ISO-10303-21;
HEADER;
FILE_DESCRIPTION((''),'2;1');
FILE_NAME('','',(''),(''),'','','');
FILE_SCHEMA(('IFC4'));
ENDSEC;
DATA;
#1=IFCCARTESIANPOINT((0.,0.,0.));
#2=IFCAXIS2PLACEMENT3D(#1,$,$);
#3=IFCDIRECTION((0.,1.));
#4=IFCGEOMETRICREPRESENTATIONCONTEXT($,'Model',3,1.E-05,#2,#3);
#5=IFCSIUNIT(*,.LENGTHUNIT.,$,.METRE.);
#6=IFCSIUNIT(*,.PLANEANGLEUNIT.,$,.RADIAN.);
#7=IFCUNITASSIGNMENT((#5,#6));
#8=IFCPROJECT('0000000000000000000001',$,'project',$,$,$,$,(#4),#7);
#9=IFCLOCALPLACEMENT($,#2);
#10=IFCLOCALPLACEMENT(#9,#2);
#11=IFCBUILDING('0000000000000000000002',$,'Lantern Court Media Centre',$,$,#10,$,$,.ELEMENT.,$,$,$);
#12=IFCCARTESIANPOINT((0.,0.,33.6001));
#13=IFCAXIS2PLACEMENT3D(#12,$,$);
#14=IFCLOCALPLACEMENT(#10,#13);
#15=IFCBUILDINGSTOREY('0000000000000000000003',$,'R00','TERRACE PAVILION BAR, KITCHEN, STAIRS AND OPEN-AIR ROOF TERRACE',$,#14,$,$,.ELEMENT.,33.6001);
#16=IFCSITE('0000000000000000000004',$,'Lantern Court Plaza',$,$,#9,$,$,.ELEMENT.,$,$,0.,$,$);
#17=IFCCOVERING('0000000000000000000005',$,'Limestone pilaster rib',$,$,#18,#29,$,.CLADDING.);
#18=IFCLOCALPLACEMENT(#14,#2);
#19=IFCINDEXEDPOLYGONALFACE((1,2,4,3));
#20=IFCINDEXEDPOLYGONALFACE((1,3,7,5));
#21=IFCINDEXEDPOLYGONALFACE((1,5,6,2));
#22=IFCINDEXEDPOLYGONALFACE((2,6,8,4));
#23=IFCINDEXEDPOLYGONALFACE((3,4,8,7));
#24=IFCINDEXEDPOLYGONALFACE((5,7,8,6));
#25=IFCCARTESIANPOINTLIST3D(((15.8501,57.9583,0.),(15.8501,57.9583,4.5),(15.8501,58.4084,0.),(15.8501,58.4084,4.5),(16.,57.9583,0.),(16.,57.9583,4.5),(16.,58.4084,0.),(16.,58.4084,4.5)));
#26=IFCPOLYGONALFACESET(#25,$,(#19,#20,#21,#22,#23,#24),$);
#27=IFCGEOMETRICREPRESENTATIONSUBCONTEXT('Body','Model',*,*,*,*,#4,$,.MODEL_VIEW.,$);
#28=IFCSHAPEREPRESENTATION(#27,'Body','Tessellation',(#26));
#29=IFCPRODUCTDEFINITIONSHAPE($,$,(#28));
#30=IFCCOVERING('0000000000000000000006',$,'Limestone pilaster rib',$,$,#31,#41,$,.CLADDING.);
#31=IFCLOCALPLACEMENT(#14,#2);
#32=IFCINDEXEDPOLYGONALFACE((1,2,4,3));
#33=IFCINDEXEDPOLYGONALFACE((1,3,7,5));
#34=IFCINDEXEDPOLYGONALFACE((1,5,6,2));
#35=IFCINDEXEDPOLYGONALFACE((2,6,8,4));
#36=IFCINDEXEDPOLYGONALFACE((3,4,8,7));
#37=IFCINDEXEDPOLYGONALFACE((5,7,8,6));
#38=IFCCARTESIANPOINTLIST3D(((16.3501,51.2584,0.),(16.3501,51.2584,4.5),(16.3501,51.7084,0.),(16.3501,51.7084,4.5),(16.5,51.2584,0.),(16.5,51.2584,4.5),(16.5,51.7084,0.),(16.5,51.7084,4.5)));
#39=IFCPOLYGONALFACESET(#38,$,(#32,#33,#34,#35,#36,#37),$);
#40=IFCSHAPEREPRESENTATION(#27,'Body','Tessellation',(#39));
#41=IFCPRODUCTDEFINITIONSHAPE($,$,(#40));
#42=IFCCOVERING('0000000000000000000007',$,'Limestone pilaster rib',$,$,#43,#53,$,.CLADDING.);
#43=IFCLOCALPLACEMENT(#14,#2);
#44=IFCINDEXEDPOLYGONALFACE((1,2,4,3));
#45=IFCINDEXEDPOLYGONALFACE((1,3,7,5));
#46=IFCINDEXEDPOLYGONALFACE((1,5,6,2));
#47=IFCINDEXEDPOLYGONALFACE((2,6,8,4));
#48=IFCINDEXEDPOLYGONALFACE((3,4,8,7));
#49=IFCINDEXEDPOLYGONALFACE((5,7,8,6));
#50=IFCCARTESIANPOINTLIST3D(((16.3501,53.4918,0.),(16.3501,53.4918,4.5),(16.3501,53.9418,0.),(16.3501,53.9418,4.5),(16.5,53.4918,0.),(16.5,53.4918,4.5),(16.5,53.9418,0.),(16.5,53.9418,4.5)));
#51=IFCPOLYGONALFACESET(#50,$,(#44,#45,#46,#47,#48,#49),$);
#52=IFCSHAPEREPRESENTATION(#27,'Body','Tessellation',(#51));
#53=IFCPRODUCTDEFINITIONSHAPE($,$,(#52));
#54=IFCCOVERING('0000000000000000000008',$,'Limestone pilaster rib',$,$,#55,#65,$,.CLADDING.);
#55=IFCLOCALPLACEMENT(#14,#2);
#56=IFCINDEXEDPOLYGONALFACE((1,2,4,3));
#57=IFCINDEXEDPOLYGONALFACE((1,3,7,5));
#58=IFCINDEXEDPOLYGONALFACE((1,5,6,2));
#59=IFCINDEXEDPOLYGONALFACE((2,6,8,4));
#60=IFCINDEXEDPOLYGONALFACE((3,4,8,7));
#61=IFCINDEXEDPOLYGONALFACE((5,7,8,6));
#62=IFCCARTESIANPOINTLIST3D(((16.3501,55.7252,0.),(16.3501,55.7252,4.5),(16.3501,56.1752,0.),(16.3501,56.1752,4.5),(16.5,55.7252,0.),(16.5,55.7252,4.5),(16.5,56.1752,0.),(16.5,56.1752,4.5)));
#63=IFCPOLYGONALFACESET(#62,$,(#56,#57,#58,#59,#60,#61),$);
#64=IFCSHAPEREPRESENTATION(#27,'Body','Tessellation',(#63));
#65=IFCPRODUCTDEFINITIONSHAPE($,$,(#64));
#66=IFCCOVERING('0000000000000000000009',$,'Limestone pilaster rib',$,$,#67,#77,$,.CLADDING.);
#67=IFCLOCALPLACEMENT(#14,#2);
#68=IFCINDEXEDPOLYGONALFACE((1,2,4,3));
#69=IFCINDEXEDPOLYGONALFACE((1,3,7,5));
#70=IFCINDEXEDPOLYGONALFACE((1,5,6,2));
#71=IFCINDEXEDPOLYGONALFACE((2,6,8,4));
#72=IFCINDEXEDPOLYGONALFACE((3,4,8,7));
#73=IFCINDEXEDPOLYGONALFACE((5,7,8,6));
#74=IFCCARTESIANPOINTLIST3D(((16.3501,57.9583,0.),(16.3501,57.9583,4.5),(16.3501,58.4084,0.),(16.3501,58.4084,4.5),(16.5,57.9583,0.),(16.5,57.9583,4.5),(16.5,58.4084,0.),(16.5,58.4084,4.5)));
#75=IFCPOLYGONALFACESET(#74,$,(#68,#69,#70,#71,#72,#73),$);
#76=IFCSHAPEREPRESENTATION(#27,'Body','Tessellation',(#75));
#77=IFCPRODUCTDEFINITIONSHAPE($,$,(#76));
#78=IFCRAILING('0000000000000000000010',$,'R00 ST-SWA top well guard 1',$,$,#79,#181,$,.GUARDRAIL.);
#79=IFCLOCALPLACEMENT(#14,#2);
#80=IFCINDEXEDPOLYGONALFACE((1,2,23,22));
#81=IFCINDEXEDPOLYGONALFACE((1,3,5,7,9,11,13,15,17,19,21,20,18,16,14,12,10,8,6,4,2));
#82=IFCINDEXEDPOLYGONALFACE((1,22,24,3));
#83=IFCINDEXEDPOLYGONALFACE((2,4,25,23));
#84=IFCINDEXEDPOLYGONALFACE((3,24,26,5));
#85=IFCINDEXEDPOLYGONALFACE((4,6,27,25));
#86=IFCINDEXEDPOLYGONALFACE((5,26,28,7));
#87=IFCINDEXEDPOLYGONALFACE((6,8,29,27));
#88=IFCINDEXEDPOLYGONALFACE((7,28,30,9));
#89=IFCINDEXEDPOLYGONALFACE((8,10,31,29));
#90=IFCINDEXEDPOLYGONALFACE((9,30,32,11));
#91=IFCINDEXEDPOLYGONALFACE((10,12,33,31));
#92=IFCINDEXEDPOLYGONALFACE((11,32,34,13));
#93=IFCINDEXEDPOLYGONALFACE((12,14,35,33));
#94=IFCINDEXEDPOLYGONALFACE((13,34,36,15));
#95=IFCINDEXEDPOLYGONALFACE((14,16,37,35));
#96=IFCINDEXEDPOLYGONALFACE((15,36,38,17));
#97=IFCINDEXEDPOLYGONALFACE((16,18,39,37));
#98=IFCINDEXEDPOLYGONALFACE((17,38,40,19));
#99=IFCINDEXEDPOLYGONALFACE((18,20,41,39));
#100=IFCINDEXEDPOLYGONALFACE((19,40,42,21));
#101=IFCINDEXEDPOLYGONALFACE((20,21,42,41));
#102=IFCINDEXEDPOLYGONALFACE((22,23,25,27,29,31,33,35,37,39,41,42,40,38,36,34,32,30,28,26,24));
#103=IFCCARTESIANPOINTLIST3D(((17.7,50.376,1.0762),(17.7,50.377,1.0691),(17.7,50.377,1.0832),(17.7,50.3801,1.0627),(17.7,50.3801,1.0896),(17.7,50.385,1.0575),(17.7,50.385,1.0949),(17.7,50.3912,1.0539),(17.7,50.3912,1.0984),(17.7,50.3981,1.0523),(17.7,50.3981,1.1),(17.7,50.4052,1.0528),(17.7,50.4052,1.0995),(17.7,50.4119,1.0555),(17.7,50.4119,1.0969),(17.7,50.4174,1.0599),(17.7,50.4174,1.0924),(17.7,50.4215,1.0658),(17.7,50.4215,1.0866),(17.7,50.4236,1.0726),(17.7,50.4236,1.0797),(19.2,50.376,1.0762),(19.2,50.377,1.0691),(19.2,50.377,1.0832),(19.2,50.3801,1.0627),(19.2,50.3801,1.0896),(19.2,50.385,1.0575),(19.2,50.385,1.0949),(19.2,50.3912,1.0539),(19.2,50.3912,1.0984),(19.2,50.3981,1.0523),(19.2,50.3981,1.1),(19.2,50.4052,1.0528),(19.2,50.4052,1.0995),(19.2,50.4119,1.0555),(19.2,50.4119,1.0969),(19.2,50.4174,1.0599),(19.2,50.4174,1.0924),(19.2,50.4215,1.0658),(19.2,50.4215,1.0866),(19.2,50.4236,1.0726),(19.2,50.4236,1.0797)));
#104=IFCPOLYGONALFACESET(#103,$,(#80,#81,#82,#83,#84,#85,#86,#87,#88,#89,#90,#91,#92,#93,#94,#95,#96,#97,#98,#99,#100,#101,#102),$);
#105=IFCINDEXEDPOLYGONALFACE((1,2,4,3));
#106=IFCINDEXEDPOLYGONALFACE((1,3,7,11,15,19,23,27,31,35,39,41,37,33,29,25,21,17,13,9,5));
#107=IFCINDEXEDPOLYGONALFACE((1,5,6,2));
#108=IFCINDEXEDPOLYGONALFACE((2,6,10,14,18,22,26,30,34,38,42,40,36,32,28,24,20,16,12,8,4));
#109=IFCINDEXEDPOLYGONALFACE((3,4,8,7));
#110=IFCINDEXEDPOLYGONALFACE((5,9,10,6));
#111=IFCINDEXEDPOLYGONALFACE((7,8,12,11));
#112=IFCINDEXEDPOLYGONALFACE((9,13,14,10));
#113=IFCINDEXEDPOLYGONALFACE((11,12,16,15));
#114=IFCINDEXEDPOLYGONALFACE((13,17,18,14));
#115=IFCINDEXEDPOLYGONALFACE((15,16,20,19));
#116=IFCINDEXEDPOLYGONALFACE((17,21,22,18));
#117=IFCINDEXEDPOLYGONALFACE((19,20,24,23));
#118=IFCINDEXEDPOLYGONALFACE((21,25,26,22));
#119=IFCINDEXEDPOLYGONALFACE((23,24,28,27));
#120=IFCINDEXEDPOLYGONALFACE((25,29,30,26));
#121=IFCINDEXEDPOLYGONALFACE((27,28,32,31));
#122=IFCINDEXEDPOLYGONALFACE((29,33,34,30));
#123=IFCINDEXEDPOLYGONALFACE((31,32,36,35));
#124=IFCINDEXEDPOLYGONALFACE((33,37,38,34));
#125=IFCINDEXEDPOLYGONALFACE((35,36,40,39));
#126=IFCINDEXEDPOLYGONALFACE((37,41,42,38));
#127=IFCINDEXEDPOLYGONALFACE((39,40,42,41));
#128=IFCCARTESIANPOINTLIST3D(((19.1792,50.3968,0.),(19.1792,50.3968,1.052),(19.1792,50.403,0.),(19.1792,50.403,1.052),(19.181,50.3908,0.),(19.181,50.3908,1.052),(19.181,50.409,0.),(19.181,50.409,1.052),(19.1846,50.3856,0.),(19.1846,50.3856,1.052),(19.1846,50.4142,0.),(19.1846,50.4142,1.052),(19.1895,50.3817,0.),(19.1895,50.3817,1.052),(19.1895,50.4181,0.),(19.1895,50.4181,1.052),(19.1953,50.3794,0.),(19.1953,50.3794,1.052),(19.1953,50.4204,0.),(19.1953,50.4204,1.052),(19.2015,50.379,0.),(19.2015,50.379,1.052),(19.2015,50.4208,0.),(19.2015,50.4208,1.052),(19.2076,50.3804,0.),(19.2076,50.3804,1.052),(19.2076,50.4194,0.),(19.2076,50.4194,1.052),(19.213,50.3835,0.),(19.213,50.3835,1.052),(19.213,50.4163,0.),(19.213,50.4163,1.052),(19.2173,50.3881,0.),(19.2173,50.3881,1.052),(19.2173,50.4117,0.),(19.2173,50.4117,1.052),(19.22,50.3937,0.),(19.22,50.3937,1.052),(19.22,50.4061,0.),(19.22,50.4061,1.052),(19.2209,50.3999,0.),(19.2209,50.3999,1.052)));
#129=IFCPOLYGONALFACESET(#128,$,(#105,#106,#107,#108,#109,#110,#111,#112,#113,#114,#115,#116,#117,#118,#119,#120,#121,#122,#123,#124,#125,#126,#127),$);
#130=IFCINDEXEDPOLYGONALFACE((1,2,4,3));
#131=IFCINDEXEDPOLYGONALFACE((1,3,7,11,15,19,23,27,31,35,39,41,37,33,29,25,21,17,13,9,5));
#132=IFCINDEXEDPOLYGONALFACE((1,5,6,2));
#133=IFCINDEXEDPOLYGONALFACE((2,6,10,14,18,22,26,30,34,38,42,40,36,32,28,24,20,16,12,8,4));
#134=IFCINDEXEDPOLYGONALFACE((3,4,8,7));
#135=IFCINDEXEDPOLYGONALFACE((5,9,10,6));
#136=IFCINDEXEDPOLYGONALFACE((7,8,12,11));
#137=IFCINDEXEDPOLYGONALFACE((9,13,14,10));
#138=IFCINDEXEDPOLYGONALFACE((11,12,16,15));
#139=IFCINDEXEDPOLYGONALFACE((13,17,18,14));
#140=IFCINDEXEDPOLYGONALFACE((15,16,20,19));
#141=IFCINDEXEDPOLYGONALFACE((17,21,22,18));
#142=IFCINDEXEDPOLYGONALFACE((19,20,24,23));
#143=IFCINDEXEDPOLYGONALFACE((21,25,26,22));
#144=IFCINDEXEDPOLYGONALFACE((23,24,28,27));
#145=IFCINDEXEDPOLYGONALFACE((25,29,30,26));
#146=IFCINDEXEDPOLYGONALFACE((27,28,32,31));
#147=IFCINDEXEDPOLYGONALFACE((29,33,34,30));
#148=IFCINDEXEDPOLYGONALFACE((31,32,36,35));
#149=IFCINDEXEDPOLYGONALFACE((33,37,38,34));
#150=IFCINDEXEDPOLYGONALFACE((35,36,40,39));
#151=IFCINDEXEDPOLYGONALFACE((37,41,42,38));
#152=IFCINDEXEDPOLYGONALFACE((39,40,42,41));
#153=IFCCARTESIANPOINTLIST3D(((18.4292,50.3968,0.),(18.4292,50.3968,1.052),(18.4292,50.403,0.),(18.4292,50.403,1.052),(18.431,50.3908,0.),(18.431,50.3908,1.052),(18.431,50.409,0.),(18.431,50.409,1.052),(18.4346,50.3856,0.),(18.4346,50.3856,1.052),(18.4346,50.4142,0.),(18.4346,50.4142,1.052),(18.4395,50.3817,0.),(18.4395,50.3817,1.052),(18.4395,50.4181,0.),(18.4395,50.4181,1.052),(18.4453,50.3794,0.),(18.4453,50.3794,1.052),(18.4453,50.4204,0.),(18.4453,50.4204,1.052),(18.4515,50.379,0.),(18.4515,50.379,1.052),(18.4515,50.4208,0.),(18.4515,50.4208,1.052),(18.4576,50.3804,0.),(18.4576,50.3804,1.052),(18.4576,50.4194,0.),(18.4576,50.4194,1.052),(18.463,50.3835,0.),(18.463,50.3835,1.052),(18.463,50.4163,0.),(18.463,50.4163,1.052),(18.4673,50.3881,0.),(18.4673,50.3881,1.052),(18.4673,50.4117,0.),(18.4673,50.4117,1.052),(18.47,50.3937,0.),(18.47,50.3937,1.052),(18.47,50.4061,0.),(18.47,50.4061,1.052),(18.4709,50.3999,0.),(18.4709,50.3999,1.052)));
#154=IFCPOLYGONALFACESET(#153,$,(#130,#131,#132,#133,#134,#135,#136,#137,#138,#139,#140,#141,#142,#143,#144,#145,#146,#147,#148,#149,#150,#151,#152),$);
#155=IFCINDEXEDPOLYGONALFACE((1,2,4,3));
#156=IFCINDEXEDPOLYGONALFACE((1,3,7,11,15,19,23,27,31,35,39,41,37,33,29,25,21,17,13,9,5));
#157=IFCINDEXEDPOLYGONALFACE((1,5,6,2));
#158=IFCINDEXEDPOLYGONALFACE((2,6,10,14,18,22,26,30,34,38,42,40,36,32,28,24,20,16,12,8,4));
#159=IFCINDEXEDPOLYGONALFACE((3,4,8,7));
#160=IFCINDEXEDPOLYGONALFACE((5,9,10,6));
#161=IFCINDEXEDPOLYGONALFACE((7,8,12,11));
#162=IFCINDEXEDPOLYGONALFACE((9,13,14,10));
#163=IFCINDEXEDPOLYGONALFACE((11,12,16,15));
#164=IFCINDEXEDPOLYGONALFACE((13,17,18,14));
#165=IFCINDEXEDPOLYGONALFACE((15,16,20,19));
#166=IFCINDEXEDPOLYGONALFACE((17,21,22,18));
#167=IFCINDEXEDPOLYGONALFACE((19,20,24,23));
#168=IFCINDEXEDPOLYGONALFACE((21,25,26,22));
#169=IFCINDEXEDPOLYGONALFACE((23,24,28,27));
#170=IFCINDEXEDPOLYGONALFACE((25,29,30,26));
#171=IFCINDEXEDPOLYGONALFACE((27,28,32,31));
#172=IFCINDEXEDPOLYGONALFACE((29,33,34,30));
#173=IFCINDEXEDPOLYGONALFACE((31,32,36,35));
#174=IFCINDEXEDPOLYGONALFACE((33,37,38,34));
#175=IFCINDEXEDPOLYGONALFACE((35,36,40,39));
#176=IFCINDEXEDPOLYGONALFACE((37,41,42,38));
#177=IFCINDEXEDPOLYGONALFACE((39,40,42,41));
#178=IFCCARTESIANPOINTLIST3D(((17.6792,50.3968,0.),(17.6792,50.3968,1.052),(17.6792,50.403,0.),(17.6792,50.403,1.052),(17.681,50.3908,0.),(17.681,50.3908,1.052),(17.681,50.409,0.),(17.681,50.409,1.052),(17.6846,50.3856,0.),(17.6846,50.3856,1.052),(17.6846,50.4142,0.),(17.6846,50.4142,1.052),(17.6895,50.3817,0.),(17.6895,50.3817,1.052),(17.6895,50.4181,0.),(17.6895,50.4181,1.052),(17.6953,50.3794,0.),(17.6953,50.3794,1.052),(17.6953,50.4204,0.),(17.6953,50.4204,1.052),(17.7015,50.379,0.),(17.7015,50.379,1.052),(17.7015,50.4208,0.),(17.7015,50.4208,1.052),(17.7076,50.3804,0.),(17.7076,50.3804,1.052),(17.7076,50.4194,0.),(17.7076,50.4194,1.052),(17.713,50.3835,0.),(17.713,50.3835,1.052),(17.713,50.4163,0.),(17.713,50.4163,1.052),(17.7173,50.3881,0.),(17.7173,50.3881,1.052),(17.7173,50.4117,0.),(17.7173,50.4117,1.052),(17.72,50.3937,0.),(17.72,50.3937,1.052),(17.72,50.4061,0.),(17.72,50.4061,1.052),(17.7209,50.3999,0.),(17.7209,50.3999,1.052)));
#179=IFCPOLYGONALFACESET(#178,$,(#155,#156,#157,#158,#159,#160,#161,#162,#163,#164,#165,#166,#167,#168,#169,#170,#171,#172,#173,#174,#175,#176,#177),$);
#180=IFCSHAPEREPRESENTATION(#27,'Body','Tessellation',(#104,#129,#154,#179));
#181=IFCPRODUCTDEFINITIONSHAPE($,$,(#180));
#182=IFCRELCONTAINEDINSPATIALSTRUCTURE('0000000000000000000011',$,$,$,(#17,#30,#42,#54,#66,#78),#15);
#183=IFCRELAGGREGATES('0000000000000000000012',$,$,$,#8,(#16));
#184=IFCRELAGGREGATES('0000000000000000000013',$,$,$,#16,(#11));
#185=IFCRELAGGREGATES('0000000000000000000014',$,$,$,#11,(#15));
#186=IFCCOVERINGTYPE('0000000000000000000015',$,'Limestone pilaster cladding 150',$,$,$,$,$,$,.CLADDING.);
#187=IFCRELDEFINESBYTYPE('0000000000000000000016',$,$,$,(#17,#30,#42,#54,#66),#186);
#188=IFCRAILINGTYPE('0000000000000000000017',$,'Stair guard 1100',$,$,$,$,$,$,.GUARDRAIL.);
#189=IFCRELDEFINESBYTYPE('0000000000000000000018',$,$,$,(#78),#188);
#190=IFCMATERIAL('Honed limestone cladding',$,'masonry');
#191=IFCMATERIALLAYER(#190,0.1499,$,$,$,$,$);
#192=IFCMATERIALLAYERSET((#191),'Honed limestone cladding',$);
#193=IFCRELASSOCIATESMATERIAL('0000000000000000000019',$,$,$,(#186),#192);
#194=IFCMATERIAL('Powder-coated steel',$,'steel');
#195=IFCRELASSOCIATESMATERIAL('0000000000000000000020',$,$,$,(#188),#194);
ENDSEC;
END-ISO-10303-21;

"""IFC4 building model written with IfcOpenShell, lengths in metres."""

from ifc_helpers import new_model, si_unit, direction, frame, frame_2d, origin, origin_2d, place, context, subcontext, project, spatial, rectangle, circle, extrude, material, layer, layer_set, type_object, element, save


model = new_model("IFC4")

# Units and contexts
model_context = context("Model", 3, precision=1e-05, world=origin(), true_north=direction((0.0, 1.0)))
body_context = subcontext(model_context, "Body", "Model", "MODEL_VIEW")
ifc_project = project(units=[si_unit("LENGTHUNIT", "METRE"), si_unit("PLANEANGLEUNIT", "RADIAN")], contexts=[model_context])

# Site, building, storey
site_placement = place(None, origin())
site = spatial("IfcSite", under=ifc_project, at=site_placement, Name="Lantern Court Plaza", CompositionType="ELEMENT", RefElevation=0.0)
building_placement = place(site_placement, origin())
building = spatial("IfcBuilding", under=site, at=building_placement, Name="Lantern Court Media Centre", CompositionType="ELEMENT")
storey_placement = place(building_placement, frame((0.0, 0.0, 33.6001)))
storey = spatial("IfcBuildingStorey", under=building, at=storey_placement, Name="R00", Description="TERRACE PAVILION BAR, KITCHEN, STAIRS AND OPEN-AIR ROOF TERRACE", CompositionType="ELEMENT", Elevation=33.6001)

# Shared definitions
ifc_material_1 = material(Name="Powder-coated steel", Category="steel")

# Coverings
ifc_material_2 = material(Name="Honed limestone cladding", Category="masonry")
ifc_layer_1 = layer(ifc_material_2, 0.1499)
ifc_layer_set_1 = layer_set([ifc_layer_1], Name="Honed limestone cladding")
covering_type = type_object("IfcCoveringType", Name="Limestone pilaster cladding 150", PredefinedType="CLADDING", material=ifc_layer_set_1)
covering_1_placement = place(storey_placement, frame((15.925, 57.9583, 0.0), z_axis=(0.0, 0.0, 1.0), x_axis=(0.0, 1.0, 0.0)))
element("IfcCovering", 1, at=covering_1_placement, inside=storey, type_object=covering_type, Name="Limestone pilaster rib", PredefinedType="CLADDING", context=body_context, shape_type="SweptSolid", body=[
    extrude(rectangle(XDim=0.4502, YDim=0.1499, at=frame_2d((0.2251, 0.0))), origin(), (0.0, 0.0, 1.0), 4.5),
])
for number, where, z_axis, x_axis, name in (
    (2, (16.425, 51.2583, 0.0), (0.0, 0.0, 1.0), (0.0, 1.0, 0.0), "Limestone pilaster rib"),
    (3, (16.425, 53.4917, 0.0), (0.0, 0.0, 1.0), (0.0, 1.0, 0.0), "Limestone pilaster rib"),
    (4, (16.425, 55.7251, 0.0), (0.0, 0.0, 1.0), (0.0, 1.0, 0.0), "Limestone pilaster rib"),
):
    element("IfcCovering", number, at=place(storey_placement, frame(where, z_axis=z_axis, x_axis=x_axis)), inside=storey, type_object=covering_type, Name=name, PredefinedType="CLADDING", context=body_context, shape_type="SweptSolid", body=[
        extrude(rectangle(XDim=0.45, YDim=0.1499, at=frame_2d((0.2251, 0.0))), origin(), (0.0, 0.0, 1.0), 4.5),
    ])
covering_2_placement = place(storey_placement, frame((16.425, 57.9583, 0.0), z_axis=(0.0, 0.0, 1.0), x_axis=(0.0, 1.0, 0.0)))
element("IfcCovering", 5, at=covering_2_placement, inside=storey, type_object=covering_type, Name="Limestone pilaster rib", PredefinedType="CLADDING", context=body_context, shape_type="SweptSolid", body=[
    extrude(rectangle(XDim=0.4502, YDim=0.1499, at=frame_2d((0.2251, 0.0))), origin(), (0.0, 0.0, 1.0), 4.5),
])

# Railing
railing_type_1 = type_object("IfcRailingType", Name="Stair guard 1100", PredefinedType="GUARDRAIL", material=ifc_material_1)
railing_1_placement = place(storey_placement, frame((19.2, 50.3999, 0.0)))
element("IfcRailing", 6, at=railing_1_placement, inside=storey, type_object=railing_type_1, Name="R00 ST-SWA top well guard 1", PredefinedType="GUARDRAIL", context=body_context, shape_type="SweptSolid", body=[
    extrude(circle(Radius=0.0239, at=origin_2d()), frame((0.0, 0.0, 1.0762), z_axis=(-1.0, 0.0, 0.0), x_axis=(0.0, -1.0, 0.0)), (0.0, 0.0, 1.0), 1.5),
    extrude(circle(Radius=0.021, at=origin_2d()), origin(), (0.0, 0.0, 1.0), 1.052),
    extrude(circle(Radius=0.021, at=origin_2d()), frame((-0.75, 0.0, 0.0)), (0.0, 0.0, 1.0), 1.052),
    extrude(circle(Radius=0.021, at=origin_2d()), frame((-1.5, 0.0, 0.0)), (0.0, 0.0, 1.0), 1.052),
])

save(model, "model.ifc")
